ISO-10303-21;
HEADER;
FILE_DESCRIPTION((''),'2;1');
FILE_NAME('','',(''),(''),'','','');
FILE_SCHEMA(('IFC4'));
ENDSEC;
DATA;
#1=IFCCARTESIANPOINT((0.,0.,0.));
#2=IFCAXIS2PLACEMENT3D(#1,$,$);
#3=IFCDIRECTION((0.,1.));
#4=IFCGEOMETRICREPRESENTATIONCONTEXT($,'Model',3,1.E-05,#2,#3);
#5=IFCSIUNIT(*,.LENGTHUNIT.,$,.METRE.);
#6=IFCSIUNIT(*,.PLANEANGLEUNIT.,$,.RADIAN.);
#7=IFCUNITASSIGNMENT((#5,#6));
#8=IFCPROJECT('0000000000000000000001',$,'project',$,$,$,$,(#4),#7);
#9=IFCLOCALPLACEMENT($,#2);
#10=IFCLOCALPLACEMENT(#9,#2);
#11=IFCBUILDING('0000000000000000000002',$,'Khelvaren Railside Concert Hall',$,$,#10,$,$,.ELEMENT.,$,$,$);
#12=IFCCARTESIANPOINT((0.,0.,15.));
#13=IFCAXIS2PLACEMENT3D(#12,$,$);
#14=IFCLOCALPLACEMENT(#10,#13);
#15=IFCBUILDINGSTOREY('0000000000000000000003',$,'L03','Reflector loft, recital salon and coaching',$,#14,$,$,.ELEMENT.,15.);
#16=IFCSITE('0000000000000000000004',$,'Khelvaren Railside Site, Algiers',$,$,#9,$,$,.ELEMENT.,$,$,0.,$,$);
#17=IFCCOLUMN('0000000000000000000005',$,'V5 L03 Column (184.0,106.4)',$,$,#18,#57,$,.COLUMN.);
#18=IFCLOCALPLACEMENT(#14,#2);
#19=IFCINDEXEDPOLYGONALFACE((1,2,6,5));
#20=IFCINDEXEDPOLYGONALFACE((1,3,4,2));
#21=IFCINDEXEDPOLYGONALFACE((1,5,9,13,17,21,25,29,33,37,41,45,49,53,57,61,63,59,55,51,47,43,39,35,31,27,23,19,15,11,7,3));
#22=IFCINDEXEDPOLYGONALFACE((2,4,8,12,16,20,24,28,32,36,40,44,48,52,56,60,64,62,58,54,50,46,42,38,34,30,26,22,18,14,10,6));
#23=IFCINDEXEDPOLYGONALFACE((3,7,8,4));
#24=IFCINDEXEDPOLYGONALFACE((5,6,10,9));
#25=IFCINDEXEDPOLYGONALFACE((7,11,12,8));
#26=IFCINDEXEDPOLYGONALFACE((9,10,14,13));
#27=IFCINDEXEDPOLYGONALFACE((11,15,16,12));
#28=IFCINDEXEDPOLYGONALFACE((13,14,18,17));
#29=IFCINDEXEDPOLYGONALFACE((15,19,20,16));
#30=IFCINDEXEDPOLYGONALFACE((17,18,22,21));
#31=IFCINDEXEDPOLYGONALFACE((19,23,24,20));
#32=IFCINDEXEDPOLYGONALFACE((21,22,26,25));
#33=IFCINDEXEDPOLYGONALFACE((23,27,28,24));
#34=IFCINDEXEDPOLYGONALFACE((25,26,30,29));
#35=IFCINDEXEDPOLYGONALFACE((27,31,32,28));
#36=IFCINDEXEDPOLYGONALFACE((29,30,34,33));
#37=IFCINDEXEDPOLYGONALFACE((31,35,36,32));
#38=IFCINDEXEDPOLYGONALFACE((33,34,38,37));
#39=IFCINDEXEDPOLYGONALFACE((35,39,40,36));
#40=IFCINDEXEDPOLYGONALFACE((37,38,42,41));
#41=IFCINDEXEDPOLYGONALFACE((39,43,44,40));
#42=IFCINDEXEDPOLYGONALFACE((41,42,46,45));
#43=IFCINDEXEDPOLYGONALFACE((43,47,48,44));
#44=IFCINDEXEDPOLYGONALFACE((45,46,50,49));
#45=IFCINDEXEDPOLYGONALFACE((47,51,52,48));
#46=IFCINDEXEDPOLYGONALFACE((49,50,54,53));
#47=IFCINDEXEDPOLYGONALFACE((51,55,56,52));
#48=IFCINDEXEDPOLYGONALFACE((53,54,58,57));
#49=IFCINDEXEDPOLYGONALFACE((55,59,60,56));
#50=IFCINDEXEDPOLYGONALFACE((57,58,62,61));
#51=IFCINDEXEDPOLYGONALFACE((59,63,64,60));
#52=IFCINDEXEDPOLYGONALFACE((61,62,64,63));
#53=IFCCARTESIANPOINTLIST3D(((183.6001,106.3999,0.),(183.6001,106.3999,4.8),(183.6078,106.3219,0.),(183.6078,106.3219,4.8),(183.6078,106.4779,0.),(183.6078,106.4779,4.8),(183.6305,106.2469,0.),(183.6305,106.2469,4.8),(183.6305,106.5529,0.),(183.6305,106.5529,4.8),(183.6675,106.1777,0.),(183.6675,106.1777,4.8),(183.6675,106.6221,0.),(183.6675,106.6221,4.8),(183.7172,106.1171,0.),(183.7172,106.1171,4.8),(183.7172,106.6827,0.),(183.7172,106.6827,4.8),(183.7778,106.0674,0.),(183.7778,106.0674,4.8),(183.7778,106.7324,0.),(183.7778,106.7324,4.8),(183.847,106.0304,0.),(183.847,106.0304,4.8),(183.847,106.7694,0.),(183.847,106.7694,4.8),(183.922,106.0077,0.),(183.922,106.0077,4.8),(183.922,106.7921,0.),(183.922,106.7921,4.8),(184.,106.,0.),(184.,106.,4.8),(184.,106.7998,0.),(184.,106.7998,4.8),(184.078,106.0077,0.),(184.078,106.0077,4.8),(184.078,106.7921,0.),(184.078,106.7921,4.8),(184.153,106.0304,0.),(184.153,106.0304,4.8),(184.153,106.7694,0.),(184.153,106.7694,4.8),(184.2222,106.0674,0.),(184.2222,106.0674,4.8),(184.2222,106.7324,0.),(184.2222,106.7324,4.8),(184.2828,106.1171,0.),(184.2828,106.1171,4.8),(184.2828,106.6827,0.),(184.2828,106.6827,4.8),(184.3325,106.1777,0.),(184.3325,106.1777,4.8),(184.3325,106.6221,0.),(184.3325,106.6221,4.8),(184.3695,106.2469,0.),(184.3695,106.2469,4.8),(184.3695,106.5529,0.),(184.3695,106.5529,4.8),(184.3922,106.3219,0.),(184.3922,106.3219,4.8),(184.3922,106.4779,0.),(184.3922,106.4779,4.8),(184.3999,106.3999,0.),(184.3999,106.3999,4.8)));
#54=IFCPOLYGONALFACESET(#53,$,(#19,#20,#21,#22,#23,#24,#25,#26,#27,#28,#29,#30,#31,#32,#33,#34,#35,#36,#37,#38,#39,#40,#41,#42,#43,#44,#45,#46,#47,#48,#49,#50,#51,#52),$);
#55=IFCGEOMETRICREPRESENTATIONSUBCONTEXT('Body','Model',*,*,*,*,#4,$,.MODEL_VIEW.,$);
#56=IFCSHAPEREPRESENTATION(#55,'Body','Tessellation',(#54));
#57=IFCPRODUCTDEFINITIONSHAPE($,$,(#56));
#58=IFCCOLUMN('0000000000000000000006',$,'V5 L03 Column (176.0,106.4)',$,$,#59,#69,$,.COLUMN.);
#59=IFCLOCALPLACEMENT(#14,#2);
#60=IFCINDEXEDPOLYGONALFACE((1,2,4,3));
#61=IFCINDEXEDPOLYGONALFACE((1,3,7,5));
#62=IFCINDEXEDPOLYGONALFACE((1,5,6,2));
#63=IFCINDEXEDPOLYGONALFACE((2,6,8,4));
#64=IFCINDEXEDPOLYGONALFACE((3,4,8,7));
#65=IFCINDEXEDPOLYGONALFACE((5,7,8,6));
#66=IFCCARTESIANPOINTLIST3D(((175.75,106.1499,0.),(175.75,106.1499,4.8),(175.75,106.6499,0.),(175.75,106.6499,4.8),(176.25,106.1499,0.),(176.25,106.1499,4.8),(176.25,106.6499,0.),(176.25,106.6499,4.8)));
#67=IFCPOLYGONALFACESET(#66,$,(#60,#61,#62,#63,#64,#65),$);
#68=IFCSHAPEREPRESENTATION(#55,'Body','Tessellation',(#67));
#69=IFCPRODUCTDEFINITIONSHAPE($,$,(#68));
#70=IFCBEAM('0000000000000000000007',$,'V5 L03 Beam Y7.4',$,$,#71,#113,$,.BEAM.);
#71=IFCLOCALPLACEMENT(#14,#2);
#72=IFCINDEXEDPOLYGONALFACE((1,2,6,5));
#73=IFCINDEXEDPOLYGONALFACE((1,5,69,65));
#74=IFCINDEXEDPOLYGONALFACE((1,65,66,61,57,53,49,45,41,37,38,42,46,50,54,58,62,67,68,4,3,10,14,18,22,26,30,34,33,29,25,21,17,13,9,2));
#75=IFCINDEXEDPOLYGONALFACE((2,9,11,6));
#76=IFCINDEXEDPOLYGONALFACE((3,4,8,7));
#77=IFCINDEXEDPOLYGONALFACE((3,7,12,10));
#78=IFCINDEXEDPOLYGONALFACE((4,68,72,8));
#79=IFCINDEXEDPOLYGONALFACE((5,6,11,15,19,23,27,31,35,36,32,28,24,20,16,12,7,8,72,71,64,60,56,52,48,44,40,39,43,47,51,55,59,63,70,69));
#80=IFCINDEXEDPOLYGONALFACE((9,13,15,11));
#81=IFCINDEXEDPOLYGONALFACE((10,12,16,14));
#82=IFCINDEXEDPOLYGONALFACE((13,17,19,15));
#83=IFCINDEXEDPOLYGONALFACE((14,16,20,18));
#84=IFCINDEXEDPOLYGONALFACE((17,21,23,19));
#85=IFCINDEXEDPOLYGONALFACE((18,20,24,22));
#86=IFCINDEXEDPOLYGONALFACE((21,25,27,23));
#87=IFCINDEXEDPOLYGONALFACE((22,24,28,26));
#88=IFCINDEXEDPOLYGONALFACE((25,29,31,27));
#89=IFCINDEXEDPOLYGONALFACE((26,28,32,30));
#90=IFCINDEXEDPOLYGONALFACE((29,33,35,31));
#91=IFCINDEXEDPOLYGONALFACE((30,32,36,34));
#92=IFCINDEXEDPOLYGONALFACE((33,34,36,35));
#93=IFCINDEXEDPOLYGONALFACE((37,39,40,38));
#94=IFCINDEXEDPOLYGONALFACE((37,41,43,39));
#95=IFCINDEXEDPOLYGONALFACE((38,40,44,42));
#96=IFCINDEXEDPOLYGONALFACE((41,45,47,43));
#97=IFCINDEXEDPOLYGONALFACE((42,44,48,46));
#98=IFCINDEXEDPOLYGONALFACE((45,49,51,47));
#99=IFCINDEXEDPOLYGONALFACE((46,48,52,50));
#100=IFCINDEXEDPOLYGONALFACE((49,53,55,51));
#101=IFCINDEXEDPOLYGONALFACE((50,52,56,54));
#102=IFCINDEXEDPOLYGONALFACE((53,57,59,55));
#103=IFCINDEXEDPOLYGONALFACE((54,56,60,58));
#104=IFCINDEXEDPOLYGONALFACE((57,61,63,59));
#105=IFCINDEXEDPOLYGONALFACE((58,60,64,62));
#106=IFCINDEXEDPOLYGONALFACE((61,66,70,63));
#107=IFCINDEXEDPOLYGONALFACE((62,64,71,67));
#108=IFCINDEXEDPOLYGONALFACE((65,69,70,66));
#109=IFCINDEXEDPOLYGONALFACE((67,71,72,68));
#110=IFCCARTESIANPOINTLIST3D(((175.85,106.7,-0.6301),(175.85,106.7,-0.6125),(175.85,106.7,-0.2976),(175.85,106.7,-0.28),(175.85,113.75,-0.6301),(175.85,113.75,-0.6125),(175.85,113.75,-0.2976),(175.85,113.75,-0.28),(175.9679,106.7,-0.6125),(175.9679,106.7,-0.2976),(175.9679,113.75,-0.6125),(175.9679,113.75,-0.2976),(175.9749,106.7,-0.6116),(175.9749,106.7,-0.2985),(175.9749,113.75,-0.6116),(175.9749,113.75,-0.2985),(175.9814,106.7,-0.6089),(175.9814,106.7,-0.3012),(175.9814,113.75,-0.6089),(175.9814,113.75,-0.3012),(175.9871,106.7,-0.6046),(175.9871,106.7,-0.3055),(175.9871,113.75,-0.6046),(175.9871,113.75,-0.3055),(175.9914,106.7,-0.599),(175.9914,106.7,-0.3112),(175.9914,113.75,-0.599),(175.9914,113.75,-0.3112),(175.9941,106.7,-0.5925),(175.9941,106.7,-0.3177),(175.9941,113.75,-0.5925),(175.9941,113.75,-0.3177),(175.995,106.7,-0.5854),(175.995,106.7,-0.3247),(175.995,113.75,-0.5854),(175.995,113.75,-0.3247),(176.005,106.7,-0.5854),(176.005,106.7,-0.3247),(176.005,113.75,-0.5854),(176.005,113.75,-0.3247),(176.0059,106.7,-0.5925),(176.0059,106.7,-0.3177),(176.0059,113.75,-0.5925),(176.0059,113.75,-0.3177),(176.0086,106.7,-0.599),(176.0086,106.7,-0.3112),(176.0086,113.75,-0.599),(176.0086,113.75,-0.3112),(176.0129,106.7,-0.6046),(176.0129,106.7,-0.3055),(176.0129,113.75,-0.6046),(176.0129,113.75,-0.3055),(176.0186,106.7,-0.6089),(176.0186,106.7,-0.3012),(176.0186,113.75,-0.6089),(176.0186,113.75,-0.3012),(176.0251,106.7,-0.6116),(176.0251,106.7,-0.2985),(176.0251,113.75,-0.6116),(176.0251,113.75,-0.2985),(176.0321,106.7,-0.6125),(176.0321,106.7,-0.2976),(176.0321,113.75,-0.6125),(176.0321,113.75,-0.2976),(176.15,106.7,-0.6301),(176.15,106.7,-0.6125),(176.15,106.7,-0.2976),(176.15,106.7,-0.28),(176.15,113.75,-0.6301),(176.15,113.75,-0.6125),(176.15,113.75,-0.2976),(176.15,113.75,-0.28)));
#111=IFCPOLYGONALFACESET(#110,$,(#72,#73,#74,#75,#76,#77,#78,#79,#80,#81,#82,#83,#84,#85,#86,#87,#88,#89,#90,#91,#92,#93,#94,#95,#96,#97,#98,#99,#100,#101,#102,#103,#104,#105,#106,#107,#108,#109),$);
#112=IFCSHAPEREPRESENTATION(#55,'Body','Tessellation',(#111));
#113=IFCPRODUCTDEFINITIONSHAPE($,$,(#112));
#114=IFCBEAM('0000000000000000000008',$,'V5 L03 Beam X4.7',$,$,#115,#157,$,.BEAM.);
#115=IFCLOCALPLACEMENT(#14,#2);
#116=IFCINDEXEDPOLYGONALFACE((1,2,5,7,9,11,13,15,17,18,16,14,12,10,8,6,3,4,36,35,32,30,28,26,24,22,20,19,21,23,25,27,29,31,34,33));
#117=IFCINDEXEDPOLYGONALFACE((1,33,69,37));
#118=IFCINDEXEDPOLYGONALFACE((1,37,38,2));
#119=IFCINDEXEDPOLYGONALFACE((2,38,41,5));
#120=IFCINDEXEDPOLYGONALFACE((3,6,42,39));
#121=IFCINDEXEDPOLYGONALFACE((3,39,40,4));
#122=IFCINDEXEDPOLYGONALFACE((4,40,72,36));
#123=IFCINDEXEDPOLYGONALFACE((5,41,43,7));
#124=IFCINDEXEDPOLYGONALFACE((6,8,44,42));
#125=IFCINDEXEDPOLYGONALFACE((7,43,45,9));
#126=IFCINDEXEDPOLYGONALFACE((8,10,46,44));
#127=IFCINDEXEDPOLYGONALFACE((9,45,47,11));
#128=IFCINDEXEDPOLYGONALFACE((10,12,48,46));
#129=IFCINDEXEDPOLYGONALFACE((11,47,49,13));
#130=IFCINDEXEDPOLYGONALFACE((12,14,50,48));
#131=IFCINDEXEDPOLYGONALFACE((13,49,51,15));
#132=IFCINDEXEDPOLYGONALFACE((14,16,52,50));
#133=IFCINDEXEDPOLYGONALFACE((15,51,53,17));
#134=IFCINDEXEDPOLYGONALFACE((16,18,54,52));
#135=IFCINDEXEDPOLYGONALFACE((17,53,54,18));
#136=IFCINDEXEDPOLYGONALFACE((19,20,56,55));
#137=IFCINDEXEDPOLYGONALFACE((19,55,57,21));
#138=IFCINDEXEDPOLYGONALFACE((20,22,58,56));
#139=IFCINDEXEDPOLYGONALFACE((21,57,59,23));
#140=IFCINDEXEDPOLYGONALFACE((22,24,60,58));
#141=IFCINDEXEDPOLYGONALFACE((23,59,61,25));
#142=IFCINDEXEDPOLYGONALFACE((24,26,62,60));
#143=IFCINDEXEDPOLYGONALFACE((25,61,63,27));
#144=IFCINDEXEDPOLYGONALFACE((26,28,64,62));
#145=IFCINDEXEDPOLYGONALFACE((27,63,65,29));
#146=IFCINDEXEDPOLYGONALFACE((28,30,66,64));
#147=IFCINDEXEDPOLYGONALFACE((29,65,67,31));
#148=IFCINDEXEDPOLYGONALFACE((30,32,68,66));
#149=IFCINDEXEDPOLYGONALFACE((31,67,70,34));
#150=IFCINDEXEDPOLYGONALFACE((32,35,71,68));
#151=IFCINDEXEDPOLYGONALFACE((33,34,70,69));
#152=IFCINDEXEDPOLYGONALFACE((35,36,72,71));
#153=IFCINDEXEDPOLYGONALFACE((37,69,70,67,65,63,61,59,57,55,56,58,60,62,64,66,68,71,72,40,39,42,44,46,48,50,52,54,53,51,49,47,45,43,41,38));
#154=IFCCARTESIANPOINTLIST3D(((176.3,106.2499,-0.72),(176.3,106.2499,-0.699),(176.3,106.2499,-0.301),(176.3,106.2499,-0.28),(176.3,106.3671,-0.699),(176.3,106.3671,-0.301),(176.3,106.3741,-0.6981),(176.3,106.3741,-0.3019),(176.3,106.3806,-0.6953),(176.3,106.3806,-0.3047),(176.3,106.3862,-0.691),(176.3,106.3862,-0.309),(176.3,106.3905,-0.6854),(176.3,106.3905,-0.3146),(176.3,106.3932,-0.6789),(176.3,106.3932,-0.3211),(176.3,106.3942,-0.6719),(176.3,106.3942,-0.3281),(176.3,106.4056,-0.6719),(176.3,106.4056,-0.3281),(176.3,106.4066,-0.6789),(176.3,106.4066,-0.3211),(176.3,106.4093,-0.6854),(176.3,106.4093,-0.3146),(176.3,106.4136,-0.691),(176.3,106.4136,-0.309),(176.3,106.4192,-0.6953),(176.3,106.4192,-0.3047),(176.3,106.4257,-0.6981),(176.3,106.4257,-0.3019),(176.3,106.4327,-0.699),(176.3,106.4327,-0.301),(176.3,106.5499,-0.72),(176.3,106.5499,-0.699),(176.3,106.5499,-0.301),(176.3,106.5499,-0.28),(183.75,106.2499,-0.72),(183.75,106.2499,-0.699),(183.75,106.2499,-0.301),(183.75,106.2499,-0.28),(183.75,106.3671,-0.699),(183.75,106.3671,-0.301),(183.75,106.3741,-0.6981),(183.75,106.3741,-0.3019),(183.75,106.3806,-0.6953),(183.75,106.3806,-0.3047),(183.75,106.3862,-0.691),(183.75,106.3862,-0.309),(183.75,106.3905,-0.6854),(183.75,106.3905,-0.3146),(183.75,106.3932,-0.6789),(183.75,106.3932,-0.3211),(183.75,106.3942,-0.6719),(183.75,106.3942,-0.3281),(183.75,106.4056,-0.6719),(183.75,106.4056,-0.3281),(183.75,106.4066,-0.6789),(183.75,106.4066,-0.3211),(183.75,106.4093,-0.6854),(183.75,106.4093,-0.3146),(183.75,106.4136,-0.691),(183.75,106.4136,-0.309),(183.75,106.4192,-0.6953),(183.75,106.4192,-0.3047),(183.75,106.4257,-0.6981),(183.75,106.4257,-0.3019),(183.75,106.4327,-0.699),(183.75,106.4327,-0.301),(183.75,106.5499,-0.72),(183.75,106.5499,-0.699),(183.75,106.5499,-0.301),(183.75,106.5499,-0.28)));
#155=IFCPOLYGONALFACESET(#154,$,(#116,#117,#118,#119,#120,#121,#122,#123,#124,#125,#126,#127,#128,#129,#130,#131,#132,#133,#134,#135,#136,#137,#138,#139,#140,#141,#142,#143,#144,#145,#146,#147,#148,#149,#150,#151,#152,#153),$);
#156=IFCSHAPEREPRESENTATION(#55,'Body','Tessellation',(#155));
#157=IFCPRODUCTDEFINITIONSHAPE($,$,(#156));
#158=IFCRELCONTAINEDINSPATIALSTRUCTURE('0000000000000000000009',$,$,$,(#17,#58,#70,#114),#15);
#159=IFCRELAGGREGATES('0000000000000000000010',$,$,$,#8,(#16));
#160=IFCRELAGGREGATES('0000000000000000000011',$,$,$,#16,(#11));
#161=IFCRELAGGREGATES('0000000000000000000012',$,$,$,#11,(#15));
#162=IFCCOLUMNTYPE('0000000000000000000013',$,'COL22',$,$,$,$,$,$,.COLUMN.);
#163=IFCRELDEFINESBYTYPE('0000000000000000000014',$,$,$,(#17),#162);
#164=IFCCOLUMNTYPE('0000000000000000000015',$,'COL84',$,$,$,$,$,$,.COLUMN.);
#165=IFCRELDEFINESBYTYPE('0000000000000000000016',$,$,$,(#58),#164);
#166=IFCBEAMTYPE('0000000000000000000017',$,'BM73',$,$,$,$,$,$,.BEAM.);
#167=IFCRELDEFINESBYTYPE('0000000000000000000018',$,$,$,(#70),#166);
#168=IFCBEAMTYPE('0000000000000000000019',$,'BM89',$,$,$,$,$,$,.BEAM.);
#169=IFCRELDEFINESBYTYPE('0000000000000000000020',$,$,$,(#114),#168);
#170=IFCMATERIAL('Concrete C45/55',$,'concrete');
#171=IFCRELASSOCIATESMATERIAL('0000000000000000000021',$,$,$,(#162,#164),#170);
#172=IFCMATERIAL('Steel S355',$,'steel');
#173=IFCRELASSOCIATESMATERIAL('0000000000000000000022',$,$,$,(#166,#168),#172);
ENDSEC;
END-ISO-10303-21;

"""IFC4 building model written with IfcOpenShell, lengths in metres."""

from ifc_helpers import new_model, si_unit, direction, frame, origin, origin_2d, place, context, subcontext, project, spatial, rectangle, circle, i_section, extrude, material, material_profile, profile_set, type_object, element, save


model = new_model("IFC4")

# Units and contexts
model_context = context("Model", 3, precision=1e-05, world=origin(), true_north=direction((0.0, 1.0)))
body_context = subcontext(model_context, "Body", "Model", "MODEL_VIEW")
ifc_project = project(units=[si_unit("LENGTHUNIT", "METRE"), si_unit("PLANEANGLEUNIT", "RADIAN")], contexts=[model_context])

# Site, building, storey
site_placement = place(None, origin())
site = spatial("IfcSite", under=ifc_project, at=site_placement, Name="Khelvaren Railside Site, Algiers", CompositionType="ELEMENT", RefElevation=0.0)
building_placement = place(site_placement, origin())
building = spatial("IfcBuilding", under=site, at=building_placement, Name="Khelvaren Railside Concert Hall", CompositionType="ELEMENT")
storey_placement = place(building_placement, frame((0.0, 0.0, 15.0)))
storey = spatial("IfcBuildingStorey", under=building, at=storey_placement, Name="L03", Description="Reflector loft, recital salon and coaching", CompositionType="ELEMENT", Elevation=15.0)

# Columns
ifc_material_1 = material(Name="Concrete C45/55", Category="concrete")
ifc_material_profile_1 = material_profile(ifc_material_1, circle(Radius=0.3999, at=origin_2d()), Name="RC D800")
ifc_profile_set_1 = profile_set([ifc_material_profile_1], Name="Concrete C45/55")
column_type_1 = type_object("IfcColumnType", Name="COL22", PredefinedType="COLUMN", material=ifc_profile_set_1)
column_1_placement = place(storey_placement, frame((184.0, 106.3999, 0.0), z_axis=(0.0, 0.0, 1.0), x_axis=(1.0, 0.0, 0.0)))
element("IfcColumn", 1, at=column_1_placement, inside=storey, type_object=column_type_1, Name="V5 L03 Column (184.0,106.4)", PredefinedType="COLUMN", context=body_context, shape_type="SweptSolid", body=[
    extrude(circle(Radius=0.3999, at=origin_2d()), origin(), (0.0, 0.0, 1.0), 4.8),
])
ifc_material_profile_2 = material_profile(ifc_material_1, rectangle(XDim=0.5, YDim=0.5, at=origin_2d()), Name="RC 500x500")
ifc_profile_set_2 = profile_set([ifc_material_profile_2], Name="Concrete C45/55")
column_type_2 = type_object("IfcColumnType", Name="COL84", PredefinedType="COLUMN", material=ifc_profile_set_2)
column_2_placement = place(storey_placement, frame((176.0, 106.3999, 0.0), z_axis=(0.0, 0.0, 1.0), x_axis=(1.0, 0.0, 0.0)))
element("IfcColumn", 2, at=column_2_placement, inside=storey, type_object=column_type_2, Name="V5 L03 Column (176.0,106.4)", PredefinedType="COLUMN", context=body_context, shape_type="SweptSolid", body=[
    extrude(rectangle(XDim=0.5, YDim=0.5, at=origin_2d()), origin(), (0.0, 0.0, 1.0), 4.8),
])

# Beams
ifc_material_2 = material(Name="Steel S355", Category="steel")
ifc_material_profile_3 = material_profile(ifc_material_2, i_section(OverallWidth=0.3, OverallDepth=0.3501, WebThickness=0.01, FlangeThickness=0.0176, FilletRadius=0.0271, at=origin_2d()), Name="HEA 360")
ifc_profile_set_3 = profile_set([ifc_material_profile_3], Name="Steel S355")
beam_type_1 = type_object("IfcBeamType", Name="BM73", PredefinedType="BEAM", material=ifc_profile_set_3)
beam_1_placement = place(storey_placement, frame((176.0, 106.7, -0.4551), z_axis=(0.0, 1.0, 0.0), x_axis=(-1.0, 0.0, 0.0)))
element("IfcBeam", 3, at=beam_1_placement, inside=storey, type_object=beam_type_1, Name="V5 L03 Beam Y7.4", PredefinedType="BEAM", context=body_context, shape_type="SweptSolid", body=[
    extrude(i_section(OverallWidth=0.3, OverallDepth=0.3501, WebThickness=0.01, FlangeThickness=0.0176, FilletRadius=0.0271, at=origin_2d()), origin(), (0.0, 0.0, 1.0), 7.05),
])
ifc_material_profile_4 = material_profile(ifc_material_2, i_section(OverallWidth=0.3, OverallDepth=0.4399, WebThickness=0.0115, FlangeThickness=0.021, FilletRadius=0.0271, at=origin_2d()), Name="HEA 450")
ifc_profile_set_4 = profile_set([ifc_material_profile_4], Name="Steel S355")
beam_type_2 = type_object("IfcBeamType", Name="BM89", PredefinedType="BEAM", material=ifc_profile_set_4)
beam_2_placement = place(storey_placement, frame((176.3, 106.3999, -0.5), z_axis=(1.0, 0.0, 0.0), x_axis=(0.0, 1.0, 0.0)))
element("IfcBeam", 4, at=beam_2_placement, inside=storey, type_object=beam_type_2, Name="V5 L03 Beam X4.7", PredefinedType="BEAM", context=body_context, shape_type="SweptSolid", body=[
    extrude(i_section(OverallWidth=0.3, OverallDepth=0.4399, WebThickness=0.0115, FlangeThickness=0.021, FilletRadius=0.0271, at=origin_2d()), origin(), (0.0, 0.0, 1.0), 7.45),
])

save(model, "model.ifc")
